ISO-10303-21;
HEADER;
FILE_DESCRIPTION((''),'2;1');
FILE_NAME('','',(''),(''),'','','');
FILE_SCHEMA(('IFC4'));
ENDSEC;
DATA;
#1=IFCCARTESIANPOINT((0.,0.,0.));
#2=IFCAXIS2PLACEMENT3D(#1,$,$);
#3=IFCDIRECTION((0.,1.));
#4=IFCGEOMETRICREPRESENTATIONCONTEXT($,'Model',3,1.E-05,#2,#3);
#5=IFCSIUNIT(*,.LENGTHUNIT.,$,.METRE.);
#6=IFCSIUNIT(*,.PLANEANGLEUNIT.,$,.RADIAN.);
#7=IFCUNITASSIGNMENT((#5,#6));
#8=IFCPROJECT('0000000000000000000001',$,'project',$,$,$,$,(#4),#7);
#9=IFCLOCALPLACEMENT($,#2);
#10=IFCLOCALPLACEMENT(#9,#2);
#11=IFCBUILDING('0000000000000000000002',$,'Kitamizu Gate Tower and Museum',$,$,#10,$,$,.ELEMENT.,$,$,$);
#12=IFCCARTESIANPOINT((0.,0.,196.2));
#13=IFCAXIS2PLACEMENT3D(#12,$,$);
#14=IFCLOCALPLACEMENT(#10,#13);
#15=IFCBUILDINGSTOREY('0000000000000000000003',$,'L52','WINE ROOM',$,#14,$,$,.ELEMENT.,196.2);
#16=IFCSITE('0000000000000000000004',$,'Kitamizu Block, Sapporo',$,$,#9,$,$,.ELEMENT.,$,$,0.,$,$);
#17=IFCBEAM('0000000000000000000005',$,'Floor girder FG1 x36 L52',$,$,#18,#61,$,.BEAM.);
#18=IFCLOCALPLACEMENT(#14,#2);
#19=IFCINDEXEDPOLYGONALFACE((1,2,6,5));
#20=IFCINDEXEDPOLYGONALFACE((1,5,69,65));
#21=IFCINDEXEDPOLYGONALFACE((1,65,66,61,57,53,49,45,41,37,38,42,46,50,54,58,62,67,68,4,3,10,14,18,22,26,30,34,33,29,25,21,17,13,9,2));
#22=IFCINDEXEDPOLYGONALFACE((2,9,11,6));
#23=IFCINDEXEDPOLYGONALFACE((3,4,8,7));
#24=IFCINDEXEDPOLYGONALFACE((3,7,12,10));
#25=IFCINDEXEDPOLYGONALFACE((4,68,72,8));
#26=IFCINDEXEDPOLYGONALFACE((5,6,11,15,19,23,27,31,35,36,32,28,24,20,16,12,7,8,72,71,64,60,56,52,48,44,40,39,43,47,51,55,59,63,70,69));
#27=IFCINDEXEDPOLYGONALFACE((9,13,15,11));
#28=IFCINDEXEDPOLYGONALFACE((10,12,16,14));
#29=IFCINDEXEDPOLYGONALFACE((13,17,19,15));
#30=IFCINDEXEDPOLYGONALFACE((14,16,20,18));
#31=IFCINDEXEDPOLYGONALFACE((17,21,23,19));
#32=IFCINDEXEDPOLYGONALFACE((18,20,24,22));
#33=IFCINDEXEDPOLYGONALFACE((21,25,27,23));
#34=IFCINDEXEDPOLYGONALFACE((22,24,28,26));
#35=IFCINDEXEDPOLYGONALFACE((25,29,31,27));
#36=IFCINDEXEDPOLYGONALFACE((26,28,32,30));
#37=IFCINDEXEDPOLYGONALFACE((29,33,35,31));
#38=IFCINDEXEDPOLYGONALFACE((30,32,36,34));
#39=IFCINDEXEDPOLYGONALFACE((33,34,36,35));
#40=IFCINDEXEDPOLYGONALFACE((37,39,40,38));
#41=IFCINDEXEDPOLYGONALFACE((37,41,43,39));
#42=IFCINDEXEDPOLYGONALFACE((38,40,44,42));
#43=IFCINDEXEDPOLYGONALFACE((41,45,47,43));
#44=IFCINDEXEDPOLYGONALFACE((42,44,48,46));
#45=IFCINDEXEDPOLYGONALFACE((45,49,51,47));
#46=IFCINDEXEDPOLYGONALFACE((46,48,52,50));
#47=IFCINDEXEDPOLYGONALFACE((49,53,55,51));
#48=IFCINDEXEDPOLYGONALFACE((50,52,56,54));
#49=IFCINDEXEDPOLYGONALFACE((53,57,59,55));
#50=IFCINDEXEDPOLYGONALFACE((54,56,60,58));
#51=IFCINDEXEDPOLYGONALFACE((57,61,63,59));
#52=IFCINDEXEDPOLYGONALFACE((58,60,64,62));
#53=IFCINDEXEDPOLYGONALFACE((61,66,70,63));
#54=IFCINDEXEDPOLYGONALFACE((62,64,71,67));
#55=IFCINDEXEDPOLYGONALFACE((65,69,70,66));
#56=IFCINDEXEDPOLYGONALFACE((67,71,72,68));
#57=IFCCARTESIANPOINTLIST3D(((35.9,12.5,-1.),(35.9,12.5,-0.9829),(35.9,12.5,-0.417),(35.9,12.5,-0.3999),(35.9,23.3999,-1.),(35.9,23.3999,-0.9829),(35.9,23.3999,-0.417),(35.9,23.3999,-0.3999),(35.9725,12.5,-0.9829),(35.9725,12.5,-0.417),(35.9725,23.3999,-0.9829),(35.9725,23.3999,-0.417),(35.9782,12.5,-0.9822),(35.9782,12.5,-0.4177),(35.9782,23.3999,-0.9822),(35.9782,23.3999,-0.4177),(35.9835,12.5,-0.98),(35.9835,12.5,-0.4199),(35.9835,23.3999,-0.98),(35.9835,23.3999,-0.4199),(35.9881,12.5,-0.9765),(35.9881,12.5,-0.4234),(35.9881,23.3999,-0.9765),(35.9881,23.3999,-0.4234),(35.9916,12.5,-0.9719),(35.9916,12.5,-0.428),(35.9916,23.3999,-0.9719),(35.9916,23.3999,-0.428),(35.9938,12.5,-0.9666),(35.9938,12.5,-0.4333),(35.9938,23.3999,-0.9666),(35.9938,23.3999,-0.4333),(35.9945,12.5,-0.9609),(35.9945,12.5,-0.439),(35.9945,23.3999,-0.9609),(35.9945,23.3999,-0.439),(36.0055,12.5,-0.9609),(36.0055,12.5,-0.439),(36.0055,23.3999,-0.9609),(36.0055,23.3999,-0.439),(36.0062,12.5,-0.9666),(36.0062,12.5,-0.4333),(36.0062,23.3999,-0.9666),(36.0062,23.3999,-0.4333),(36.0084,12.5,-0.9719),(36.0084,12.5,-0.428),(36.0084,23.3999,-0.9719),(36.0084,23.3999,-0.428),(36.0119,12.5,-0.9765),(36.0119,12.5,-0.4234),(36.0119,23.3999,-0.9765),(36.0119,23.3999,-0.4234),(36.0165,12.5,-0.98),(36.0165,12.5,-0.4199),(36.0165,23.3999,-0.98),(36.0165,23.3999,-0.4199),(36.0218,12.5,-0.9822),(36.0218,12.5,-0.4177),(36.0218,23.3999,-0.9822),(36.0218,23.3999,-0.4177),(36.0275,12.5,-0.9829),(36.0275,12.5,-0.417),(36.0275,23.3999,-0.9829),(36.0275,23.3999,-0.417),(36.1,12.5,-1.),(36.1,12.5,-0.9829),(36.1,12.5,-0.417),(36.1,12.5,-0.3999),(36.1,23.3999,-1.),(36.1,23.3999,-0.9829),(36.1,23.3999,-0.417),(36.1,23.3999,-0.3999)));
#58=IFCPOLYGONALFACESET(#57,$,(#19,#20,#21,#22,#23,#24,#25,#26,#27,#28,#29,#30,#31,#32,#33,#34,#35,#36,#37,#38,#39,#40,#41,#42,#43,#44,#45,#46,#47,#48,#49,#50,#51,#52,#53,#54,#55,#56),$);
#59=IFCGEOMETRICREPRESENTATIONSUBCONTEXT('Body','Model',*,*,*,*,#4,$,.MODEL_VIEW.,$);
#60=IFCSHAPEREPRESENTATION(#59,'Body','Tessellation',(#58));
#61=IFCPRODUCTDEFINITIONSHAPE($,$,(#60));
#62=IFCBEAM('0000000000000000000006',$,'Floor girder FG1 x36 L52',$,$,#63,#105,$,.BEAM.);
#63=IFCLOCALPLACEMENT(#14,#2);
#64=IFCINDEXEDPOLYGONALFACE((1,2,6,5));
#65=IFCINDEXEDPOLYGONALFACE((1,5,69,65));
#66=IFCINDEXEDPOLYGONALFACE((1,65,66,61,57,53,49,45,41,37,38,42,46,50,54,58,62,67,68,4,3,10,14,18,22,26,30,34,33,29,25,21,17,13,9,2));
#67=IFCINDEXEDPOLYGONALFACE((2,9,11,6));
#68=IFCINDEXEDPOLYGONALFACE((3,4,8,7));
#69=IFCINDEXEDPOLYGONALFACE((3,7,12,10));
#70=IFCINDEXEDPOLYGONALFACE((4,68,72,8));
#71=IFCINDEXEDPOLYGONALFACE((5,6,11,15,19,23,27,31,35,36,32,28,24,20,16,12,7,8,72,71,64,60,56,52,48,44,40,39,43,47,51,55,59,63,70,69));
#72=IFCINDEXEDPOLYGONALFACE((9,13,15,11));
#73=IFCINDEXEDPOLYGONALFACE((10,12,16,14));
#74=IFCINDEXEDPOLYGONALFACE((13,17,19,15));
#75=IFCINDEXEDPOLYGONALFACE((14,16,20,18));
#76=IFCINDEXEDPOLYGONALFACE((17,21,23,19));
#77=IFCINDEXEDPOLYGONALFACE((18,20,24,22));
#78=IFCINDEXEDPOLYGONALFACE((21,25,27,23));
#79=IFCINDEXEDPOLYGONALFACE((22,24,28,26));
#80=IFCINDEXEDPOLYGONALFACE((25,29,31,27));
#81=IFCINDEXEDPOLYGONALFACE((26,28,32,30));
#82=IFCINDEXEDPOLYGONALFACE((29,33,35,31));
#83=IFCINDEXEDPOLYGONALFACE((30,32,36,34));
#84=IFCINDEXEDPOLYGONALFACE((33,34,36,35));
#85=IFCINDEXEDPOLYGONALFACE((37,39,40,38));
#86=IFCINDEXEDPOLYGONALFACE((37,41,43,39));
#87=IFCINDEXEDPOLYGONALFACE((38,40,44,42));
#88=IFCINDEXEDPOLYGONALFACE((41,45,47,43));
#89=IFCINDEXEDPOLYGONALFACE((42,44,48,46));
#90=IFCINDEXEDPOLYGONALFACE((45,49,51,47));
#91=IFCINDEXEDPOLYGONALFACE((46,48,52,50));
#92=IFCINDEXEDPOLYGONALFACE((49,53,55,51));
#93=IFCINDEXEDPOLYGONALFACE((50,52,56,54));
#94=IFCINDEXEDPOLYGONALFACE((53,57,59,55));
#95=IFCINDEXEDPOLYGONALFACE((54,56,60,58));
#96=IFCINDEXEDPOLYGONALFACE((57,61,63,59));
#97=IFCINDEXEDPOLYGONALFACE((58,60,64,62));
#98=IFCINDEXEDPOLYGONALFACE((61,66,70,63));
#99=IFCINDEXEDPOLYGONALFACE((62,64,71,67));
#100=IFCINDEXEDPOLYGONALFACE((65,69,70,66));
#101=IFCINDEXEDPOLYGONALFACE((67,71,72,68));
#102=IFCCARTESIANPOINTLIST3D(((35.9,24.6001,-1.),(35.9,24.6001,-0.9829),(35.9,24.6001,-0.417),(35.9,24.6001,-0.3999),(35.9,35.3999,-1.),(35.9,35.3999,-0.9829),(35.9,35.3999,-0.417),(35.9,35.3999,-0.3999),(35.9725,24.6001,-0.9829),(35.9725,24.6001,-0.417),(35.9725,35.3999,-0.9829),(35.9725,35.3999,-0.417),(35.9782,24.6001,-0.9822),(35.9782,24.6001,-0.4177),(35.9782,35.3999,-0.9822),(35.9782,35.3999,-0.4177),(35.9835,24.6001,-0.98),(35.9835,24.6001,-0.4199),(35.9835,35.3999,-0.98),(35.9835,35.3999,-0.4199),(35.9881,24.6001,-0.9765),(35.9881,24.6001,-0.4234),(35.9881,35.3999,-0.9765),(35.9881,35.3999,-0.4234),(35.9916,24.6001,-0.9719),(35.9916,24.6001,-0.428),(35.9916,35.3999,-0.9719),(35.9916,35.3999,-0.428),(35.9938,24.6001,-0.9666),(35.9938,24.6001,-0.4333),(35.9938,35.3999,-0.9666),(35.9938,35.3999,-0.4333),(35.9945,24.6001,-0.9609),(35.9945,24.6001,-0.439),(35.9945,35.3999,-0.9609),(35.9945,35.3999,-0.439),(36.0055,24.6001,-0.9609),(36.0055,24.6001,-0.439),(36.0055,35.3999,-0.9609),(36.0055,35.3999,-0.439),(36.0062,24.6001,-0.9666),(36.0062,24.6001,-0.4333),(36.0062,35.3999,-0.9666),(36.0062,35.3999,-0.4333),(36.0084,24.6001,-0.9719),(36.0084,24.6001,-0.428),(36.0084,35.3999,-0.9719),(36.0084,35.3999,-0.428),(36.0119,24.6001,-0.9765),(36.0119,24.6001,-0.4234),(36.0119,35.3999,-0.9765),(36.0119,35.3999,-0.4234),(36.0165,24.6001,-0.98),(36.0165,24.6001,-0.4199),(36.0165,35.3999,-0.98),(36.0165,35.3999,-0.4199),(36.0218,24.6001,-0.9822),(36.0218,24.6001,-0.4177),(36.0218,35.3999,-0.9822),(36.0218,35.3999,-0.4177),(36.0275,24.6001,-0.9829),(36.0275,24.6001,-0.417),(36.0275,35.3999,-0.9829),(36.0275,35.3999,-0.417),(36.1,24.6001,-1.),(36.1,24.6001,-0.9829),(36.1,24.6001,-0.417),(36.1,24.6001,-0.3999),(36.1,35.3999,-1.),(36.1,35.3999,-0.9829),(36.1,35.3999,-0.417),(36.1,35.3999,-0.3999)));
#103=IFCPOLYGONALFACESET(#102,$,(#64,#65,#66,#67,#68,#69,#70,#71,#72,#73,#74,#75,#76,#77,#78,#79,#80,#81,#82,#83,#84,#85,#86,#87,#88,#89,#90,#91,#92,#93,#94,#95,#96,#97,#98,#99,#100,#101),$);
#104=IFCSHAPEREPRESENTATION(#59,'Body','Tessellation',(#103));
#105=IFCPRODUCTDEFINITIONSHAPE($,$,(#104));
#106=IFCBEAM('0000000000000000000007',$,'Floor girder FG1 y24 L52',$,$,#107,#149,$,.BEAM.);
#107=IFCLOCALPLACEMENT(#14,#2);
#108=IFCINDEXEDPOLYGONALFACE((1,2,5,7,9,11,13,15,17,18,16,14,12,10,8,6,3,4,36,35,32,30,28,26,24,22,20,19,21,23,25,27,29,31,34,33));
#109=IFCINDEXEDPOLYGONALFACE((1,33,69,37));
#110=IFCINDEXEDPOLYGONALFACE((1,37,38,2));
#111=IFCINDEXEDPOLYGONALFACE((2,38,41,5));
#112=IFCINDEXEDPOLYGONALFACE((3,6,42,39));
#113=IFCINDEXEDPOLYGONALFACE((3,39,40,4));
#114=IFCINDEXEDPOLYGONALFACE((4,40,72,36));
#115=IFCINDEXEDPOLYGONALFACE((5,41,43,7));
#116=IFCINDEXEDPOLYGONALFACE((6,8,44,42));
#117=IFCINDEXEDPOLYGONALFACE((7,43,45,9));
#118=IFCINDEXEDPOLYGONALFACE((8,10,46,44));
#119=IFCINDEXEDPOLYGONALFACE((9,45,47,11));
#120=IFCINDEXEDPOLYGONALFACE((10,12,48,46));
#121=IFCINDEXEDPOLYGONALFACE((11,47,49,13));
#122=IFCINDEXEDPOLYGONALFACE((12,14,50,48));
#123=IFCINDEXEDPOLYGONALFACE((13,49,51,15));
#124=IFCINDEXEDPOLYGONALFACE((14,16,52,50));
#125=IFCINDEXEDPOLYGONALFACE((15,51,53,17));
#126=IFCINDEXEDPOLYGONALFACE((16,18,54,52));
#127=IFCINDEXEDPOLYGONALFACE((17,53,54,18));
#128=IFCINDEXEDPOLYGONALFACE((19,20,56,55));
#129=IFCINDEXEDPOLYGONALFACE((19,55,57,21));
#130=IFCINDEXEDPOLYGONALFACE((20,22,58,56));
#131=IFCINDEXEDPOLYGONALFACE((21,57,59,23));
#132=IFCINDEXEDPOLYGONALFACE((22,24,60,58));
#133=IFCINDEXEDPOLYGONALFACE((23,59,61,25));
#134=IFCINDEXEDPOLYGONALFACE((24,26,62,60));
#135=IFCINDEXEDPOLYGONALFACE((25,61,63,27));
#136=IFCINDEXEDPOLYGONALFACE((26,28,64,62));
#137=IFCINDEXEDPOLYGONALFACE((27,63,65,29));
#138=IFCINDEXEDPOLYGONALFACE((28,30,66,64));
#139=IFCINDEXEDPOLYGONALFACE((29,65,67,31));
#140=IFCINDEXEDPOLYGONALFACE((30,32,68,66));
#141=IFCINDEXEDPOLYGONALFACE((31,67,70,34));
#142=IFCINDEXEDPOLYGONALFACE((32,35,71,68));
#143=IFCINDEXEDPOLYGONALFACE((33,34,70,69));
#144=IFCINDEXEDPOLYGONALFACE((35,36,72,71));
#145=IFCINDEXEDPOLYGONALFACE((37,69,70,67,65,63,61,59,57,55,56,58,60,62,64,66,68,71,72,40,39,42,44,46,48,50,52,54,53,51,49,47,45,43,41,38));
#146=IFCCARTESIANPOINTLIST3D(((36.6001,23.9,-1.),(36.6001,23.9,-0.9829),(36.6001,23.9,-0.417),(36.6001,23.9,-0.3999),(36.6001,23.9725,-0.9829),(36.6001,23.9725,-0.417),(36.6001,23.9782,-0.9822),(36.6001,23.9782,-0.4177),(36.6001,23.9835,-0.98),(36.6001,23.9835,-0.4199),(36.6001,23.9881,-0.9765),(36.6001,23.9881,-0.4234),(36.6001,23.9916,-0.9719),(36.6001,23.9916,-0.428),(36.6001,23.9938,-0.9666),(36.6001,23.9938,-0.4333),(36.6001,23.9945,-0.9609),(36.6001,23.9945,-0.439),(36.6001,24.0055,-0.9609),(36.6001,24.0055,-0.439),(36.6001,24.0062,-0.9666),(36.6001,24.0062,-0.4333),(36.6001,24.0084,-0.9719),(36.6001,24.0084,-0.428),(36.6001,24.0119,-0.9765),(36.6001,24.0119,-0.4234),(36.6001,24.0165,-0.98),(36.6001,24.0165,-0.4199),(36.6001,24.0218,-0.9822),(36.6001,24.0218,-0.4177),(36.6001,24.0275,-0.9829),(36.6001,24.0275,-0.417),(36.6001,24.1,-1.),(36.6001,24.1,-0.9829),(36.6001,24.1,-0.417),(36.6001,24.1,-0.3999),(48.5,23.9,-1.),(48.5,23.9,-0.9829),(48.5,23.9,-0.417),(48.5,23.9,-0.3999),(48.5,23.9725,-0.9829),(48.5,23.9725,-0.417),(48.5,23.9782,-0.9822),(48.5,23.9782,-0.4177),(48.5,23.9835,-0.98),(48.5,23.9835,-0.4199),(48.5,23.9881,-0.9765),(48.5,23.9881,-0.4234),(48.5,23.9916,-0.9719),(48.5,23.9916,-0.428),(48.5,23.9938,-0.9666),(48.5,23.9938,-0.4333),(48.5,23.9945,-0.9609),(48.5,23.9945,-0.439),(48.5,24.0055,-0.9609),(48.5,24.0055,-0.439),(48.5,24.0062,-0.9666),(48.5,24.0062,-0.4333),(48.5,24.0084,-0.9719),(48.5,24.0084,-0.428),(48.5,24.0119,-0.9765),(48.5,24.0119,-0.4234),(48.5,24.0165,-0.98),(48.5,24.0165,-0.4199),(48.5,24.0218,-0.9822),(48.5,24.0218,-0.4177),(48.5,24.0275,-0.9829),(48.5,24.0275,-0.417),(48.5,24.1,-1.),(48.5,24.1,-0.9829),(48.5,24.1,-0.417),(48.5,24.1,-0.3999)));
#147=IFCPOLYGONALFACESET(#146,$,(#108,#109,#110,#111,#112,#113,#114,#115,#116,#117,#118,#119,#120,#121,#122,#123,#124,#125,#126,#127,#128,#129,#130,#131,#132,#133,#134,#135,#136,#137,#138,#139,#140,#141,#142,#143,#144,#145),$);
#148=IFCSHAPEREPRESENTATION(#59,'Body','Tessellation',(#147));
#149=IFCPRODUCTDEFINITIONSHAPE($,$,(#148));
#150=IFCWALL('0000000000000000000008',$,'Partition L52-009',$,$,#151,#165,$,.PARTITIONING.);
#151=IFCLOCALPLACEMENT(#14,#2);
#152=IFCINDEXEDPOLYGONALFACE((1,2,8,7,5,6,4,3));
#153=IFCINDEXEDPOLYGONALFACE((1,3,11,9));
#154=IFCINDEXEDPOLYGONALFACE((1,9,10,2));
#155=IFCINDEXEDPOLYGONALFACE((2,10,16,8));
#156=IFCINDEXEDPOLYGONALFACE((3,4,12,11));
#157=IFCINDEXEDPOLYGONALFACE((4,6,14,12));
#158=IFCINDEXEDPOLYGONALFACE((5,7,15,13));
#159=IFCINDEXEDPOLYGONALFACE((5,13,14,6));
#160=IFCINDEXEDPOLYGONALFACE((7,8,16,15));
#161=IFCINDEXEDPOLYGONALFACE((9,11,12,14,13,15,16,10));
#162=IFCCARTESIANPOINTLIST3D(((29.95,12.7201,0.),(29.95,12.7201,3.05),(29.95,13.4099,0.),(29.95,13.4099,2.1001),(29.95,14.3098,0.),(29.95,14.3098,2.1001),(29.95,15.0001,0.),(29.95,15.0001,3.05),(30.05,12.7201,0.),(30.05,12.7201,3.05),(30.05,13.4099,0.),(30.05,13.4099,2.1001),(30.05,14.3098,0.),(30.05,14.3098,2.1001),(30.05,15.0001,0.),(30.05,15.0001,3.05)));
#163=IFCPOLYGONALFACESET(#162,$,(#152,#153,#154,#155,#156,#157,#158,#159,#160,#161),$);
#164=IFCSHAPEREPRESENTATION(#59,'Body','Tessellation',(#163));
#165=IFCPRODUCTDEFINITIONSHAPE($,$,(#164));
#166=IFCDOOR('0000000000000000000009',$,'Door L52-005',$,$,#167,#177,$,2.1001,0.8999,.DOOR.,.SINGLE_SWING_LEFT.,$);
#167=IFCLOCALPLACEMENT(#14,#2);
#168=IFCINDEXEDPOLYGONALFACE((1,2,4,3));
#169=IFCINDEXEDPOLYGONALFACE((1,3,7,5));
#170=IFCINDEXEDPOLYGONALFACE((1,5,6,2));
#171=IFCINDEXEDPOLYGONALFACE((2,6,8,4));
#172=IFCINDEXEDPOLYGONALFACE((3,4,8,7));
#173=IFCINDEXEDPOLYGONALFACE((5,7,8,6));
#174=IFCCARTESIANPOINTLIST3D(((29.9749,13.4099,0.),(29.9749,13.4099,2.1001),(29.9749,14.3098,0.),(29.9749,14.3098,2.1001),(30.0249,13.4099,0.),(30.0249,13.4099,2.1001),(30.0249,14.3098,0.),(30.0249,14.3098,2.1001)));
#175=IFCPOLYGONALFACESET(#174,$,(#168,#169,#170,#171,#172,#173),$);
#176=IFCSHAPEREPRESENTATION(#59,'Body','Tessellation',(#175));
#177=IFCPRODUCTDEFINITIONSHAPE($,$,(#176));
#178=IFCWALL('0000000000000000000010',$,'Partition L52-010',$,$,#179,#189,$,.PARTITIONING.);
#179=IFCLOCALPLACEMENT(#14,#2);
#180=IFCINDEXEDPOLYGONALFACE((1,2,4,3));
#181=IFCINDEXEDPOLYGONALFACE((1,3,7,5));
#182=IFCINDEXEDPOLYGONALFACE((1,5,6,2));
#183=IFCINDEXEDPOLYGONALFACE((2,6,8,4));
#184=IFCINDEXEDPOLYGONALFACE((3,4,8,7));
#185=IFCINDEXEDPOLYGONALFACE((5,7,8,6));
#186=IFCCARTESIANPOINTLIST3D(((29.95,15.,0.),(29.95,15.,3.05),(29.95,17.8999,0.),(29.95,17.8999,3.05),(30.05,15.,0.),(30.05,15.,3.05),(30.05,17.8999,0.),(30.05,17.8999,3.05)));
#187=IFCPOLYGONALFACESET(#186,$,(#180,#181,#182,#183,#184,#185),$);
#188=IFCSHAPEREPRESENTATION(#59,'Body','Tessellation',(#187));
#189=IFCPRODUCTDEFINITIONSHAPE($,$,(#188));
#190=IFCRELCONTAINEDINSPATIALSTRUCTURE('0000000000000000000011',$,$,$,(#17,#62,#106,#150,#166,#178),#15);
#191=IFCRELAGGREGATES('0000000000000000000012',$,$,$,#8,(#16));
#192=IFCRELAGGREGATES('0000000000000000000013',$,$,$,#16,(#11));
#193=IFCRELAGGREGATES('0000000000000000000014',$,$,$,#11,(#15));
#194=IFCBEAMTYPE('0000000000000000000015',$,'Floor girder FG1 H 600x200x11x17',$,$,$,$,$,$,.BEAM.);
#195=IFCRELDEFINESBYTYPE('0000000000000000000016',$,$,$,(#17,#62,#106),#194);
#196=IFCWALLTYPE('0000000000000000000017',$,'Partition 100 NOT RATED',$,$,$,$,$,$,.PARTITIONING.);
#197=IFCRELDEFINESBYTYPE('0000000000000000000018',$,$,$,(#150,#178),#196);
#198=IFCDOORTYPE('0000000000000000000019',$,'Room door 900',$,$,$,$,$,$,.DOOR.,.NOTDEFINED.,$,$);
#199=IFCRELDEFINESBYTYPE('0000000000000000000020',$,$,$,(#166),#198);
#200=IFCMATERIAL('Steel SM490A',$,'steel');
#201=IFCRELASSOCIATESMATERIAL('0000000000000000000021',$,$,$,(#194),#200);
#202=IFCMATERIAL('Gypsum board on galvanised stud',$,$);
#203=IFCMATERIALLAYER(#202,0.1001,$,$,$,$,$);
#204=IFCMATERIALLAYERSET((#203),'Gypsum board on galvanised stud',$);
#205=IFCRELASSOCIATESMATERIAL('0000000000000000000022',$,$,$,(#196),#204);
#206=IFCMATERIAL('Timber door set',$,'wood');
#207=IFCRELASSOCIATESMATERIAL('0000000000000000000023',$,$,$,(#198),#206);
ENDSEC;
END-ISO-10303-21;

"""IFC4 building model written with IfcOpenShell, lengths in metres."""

from ifc_helpers import new_model, si_unit, direction, frame, frame_2d, origin, origin_2d, place, context, subcontext, project, spatial, rectangle, i_section, extrude, material, layer, layer_set, material_profile, profile_set, type_object, element, fill, save


model = new_model("IFC4")

# Units and contexts
model_context = context("Model", 3, precision=1e-05, world=origin(), true_north=direction((0.0, 1.0)))
body_context = subcontext(model_context, "Body", "Model", "MODEL_VIEW")
ifc_project = project(units=[si_unit("LENGTHUNIT", "METRE"), si_unit("PLANEANGLEUNIT", "RADIAN")], contexts=[model_context])

# Site, building, storey
site_placement = place(None, origin())
site = spatial("IfcSite", under=ifc_project, at=site_placement, Name="Kitamizu Block, Sapporo", CompositionType="ELEMENT", RefElevation=0.0)
building_placement = place(site_placement, origin())
building = spatial("IfcBuilding", under=site, at=building_placement, Name="Kitamizu Gate Tower and Museum", CompositionType="ELEMENT")
storey_placement = place(building_placement, frame((0.0, 0.0, 196.2)))
storey = spatial("IfcBuildingStorey", under=building, at=storey_placement, Name="L52", Description="WINE ROOM", CompositionType="ELEMENT", Elevation=196.2)

# Beams
ifc_material_1 = material(Name="Steel SM490A", Category="steel")
ifc_material_profile_1 = material_profile(ifc_material_1, i_section(OverallWidth=0.2, OverallDepth=0.6001, WebThickness=0.011, FlangeThickness=0.0171, FilletRadius=0.022, at=origin_2d()), Name="H-600x200x11x17")
ifc_profile_set_1 = profile_set([ifc_material_profile_1], Name="Steel SM490A")
beam_type_1 = type_object("IfcBeamType", Name="Floor girder FG1 H 600x200x11x17", PredefinedType="BEAM", material=ifc_profile_set_1)
beam_1_placement = place(storey_placement, frame((36.0, 12.5, -0.7), z_axis=(0.0, 1.0, 0.0), x_axis=(-1.0, 0.0, 0.0)))
element("IfcBeam", 1, at=beam_1_placement, inside=storey, type_object=beam_type_1, Name="Floor girder FG1 x36 L52", PredefinedType="BEAM", context=body_context, shape_type="SweptSolid", body=[
    extrude(i_section(OverallWidth=0.2, OverallDepth=0.6001, WebThickness=0.011, FlangeThickness=0.0171, FilletRadius=0.022, at=origin_2d()), origin(), (0.0, 0.0, 1.0), 10.8999),
])
beam_2_placement = place(storey_placement, frame((36.0, 24.6001, -0.7), z_axis=(0.0, 1.0, 0.0), x_axis=(-1.0, 0.0, 0.0)))
element("IfcBeam", 2, at=beam_2_placement, inside=storey, type_object=beam_type_1, Name="Floor girder FG1 x36 L52", PredefinedType="BEAM", context=body_context, shape_type="SweptSolid", body=[
    extrude(i_section(OverallWidth=0.2, OverallDepth=0.6001, WebThickness=0.011, FlangeThickness=0.0171, FilletRadius=0.022, at=origin_2d()), origin(), (0.0, 0.0, 1.0), 10.7998),
])
beam_3_placement = place(storey_placement, frame((36.6001, 24.0, -0.7), z_axis=(1.0, 0.0, 0.0), x_axis=(0.0, 1.0, 0.0)))
element("IfcBeam", 3, at=beam_3_placement, inside=storey, type_object=beam_type_1, Name="Floor girder FG1 y24 L52", PredefinedType="BEAM", context=body_context, shape_type="SweptSolid", body=[
    extrude(i_section(OverallWidth=0.2, OverallDepth=0.6001, WebThickness=0.011, FlangeThickness=0.0171, FilletRadius=0.022, at=origin_2d()), origin(), (0.0, 0.0, 1.0), 11.8999),
])

# Wall, opening, door
ifc_material_2 = material(Name="Gypsum board on galvanised stud")
ifc_layer_1 = layer(ifc_material_2, 0.1001)
ifc_layer_set_1 = layer_set([ifc_layer_1], Name="Gypsum board on galvanised stud")
wall_type_1 = type_object("IfcWallType", Name="Partition 100 NOT RATED", PredefinedType="PARTITIONING", material=ifc_layer_set_1)
wall_1_placement = place(storey_placement, frame((30.0, 12.72, 0.0), z_axis=(0.0, 0.0, 1.0), x_axis=(0.0, 1.0, 0.0)))
wall_1 = element("IfcWall", 4, at=wall_1_placement, inside=storey, type_object=wall_type_1, Name="Partition L52-009", PredefinedType="PARTITIONING", context=body_context, shape_type="SweptSolid", body=[
    extrude(rectangle(XDim=2.28, YDim=0.1001, at=frame_2d((1.1401, 0.0))), origin(), (0.0, 0.0, 1.0), 3.05),
])
opening_1_placement = place(wall_1_placement, frame((0.6899, 0.0, 0.0)))
opening_1 = element("IfcOpeningElement", 5, at=opening_1_placement, cuts=wall_1, PredefinedType="OPENING", context=body_context, shape_type="SweptSolid", body=[
    extrude(rectangle(XDim=0.8999, YDim=2.1001, at=frame_2d((0.45, 1.05))), frame((0.0, 0.0601, 0.0), z_axis=(0.0, -1.0, 0.0), x_axis=(1.0, 0.0, 0.0)), (0.0, 0.0, 1.0), 0.1201),
])
ifc_material_3 = material(Name="Timber door set", Category="wood")
door_type_1 = type_object("IfcDoorType", Name="Room door 900", OperationType="NOTDEFINED", PredefinedType="DOOR", material=ifc_material_3)
door_1_placement = place(opening_1_placement, frame((0.8999, 0.0, 0.0), x_axis=(-1.0, 0.0, 0.0)))
door_1 = element("IfcDoor", 6, at=door_1_placement, inside=storey, type_object=door_type_1, Name="Door L52-005", OperationType="SINGLE_SWING_LEFT", OverallHeight=2.1001, OverallWidth=0.8999, PredefinedType="DOOR", context=body_context, shape_type="SweptSolid", body=[
    extrude(rectangle(XDim=0.8999, YDim=2.1001, at=frame_2d((0.45, 1.05))), frame((0.0, 0.0249, 0.0), z_axis=(0.0, -1.0, 0.0), x_axis=(1.0, 0.0, 0.0)), (0.0, 0.0, 1.0), 0.05),
])
fill(opening_1, door_1)

# Wall
wall_2_placement = place(storey_placement, frame((30.0, 15.0, 0.0), z_axis=(0.0, 0.0, 1.0), x_axis=(0.0, 1.0, 0.0)))
element("IfcWall", 7, at=wall_2_placement, inside=storey, type_object=wall_type_1, Name="Partition L52-010", PredefinedType="PARTITIONING", context=body_context, shape_type="SweptSolid", body=[
    extrude(rectangle(XDim=2.8999, YDim=0.1001, at=frame_2d((1.45, 0.0))), origin(), (0.0, 0.0, 1.0), 3.05),
])

save(model, "model.ifc")
